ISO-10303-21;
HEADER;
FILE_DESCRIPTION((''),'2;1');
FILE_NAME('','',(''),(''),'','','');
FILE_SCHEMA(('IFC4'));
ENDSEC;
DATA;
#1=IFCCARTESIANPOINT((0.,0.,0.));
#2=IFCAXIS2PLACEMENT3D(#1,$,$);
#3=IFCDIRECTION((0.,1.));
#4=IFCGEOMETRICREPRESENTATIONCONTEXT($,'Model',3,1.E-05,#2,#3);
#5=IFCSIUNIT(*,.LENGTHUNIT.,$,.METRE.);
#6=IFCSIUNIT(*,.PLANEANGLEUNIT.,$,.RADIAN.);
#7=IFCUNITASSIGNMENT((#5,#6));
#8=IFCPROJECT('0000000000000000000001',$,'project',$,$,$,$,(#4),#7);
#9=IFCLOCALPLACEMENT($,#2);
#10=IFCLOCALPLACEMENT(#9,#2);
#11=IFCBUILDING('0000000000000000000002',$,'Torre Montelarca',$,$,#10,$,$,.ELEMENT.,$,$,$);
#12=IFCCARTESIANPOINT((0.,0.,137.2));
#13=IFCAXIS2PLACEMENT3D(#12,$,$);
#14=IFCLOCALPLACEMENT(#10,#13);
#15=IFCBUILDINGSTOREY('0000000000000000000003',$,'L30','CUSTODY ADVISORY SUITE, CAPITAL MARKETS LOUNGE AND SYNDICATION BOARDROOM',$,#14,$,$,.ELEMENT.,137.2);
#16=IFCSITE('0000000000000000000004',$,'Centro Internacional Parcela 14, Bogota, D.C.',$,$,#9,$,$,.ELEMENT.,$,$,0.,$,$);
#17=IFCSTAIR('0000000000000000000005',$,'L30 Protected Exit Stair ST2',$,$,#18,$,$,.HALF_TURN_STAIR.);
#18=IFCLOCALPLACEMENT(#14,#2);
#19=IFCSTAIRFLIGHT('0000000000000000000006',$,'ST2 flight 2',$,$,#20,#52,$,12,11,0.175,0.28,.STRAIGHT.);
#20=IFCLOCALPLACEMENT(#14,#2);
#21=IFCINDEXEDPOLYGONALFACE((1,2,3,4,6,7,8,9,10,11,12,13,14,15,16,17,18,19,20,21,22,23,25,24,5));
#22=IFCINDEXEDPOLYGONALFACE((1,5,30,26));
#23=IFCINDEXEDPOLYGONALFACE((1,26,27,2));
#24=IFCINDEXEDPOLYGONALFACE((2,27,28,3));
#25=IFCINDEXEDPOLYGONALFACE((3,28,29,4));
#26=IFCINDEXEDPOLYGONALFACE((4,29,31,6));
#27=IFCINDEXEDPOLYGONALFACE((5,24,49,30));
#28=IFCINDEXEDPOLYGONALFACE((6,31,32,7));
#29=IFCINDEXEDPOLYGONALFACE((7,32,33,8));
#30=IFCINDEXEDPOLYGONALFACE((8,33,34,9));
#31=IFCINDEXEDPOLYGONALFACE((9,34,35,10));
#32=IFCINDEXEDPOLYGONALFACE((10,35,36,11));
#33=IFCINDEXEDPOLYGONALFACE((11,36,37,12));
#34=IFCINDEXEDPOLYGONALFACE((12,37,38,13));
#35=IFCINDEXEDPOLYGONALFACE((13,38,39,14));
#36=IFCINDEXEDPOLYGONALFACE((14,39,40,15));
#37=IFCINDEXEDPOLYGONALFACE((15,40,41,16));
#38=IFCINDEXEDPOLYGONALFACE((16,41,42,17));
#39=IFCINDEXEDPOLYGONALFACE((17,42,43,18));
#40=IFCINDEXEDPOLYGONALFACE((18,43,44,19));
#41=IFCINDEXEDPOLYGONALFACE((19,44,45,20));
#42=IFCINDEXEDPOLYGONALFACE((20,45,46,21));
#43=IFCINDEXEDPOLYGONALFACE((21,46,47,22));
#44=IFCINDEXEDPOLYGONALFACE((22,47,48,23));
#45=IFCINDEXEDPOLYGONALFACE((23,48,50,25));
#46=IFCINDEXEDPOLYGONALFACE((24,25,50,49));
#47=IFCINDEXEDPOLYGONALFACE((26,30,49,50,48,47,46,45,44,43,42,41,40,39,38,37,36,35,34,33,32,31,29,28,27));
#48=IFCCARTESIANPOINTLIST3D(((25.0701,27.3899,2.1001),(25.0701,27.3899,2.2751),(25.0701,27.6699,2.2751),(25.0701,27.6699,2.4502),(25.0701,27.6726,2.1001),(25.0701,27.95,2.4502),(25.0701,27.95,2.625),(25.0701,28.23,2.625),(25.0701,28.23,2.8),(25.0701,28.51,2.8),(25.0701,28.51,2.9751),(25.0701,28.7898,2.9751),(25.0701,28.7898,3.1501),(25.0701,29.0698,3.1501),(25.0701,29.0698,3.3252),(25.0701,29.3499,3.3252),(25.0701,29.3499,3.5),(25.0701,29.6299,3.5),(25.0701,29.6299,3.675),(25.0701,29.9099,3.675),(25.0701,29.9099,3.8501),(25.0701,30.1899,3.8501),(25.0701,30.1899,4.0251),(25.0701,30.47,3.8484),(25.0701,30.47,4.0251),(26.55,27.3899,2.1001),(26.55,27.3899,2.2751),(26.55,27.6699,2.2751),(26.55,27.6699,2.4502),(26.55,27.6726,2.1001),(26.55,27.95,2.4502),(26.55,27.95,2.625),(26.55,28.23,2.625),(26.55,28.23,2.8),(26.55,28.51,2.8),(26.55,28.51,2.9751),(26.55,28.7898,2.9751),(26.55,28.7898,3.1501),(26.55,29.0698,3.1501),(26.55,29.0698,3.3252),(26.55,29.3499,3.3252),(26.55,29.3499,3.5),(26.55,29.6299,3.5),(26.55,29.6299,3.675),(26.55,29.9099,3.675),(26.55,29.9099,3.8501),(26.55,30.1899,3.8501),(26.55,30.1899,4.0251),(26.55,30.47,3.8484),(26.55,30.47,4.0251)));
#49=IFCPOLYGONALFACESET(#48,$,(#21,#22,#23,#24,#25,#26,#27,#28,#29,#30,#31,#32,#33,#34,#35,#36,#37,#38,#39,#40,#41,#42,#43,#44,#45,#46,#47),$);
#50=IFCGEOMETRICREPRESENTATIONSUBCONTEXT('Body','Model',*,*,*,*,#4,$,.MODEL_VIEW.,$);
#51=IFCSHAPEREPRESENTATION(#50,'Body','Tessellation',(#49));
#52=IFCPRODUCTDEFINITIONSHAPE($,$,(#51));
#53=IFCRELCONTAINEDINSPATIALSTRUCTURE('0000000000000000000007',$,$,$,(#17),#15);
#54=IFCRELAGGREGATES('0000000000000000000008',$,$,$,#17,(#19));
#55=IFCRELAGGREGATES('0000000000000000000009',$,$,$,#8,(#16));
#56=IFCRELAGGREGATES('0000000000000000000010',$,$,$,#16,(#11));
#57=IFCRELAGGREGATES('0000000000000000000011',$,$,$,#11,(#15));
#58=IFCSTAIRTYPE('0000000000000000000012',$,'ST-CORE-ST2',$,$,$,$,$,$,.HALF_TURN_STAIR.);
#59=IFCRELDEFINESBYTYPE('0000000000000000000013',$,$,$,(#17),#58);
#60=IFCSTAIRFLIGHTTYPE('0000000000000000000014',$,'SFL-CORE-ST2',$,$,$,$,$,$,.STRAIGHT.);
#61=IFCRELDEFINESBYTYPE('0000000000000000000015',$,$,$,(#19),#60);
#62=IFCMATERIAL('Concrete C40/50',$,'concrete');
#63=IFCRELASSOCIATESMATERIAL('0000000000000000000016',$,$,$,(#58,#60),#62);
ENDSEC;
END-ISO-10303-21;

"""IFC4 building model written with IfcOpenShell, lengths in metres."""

from ifc_helpers import new_model, si_unit, direction, frame, origin, place, context, subcontext, project, spatial, polyline, outline, extrude, material, type_object, element, aggregate, save


model = new_model("IFC4")

# Units and contexts
model_context = context("Model", 3, precision=1e-05, world=origin(), true_north=direction((0.0, 1.0)))
body_context = subcontext(model_context, "Body", "Model", "MODEL_VIEW")
ifc_project = project(units=[si_unit("LENGTHUNIT", "METRE"), si_unit("PLANEANGLEUNIT", "RADIAN")], contexts=[model_context])

# Site, building, storey
site_placement = place(None, origin())
site = spatial("IfcSite", under=ifc_project, at=site_placement, Name="Centro Internacional Parcela 14, Bogota, D.C.", CompositionType="ELEMENT", RefElevation=0.0)
building_placement = place(site_placement, origin())
building = spatial("IfcBuilding", under=site, at=building_placement, Name="Torre Montelarca", CompositionType="ELEMENT")
storey_placement = place(building_placement, frame((0.0, 0.0, 137.2)))
storey = spatial("IfcBuildingStorey", under=building, at=storey_placement, Name="L30", Description="CUSTODY ADVISORY SUITE, CAPITAL MARKETS LOUNGE AND SYNDICATION BOARDROOM", CompositionType="ELEMENT", Elevation=137.2)

# Shared definitions
ifc_material_1 = material(Name="Concrete C40/50", Category="concrete")

# Stair, stair flight
stair_type = type_object("IfcStairType", Name="ST-CORE-ST2", PredefinedType="HALF_TURN_STAIR", material=ifc_material_1)
stair_placement = place(storey_placement, origin())
stair = element("IfcStair", 1, at=stair_placement, inside=storey, type_object=stair_type, Name="L30 Protected Exit Stair ST2", PredefinedType="HALF_TURN_STAIR")
stair_flight_type = type_object("IfcStairFlightType", Name="SFL-CORE-ST2", PredefinedType="STRAIGHT", material=ifc_material_1)
stair_flight_1_placement = place(storey_placement, frame((25.8101, 27.3899, 2.1001), z_axis=(0.0, 0.0, 1.0), x_axis=(0.0, 1.0, 0.0)))
stair_flight_1 = element("IfcStairFlight", 2, at=stair_flight_1_placement, type_object=stair_flight_type, Name="ST2 flight 2", NumberOfRisers=12, NumberOfTreads=11, PredefinedType="STRAIGHT", RiserHeight=0.175, TreadLength=0.28, context=body_context, shape_type="SweptSolid", body=[
    extrude(outline(polyline([(0.0, 0.0), (0.0, 0.175), (0.28, 0.175), (0.28, 0.3501), (0.5601, 0.3501), (0.5601, 0.5249), (0.8401, 0.5249), (0.8401, 0.7), (1.1201, 0.7), (1.1201, 0.875), (1.3999, 0.875), (1.3999, 1.05), (1.6799, 1.05), (1.6799, 1.2251), (1.96, 1.2251), (1.96, 1.3999), (2.24, 1.3999), (2.24, 1.575), (2.52, 1.575), (2.52, 1.75), (2.8, 1.75), (2.8, 1.925), (3.0801, 1.925), (3.0801, 2.1001), (3.0801, 1.7483), (0.2827, 0.0), (0.0, 0.0)])), frame((0.0, 0.74, 0.0), z_axis=(0.0, -1.0, 0.0), x_axis=(1.0, 0.0, 0.0)), (0.0, 0.0, 1.0), 1.48),
])
aggregate(stair, [stair_flight_1])

save(model, "model.ifc")
